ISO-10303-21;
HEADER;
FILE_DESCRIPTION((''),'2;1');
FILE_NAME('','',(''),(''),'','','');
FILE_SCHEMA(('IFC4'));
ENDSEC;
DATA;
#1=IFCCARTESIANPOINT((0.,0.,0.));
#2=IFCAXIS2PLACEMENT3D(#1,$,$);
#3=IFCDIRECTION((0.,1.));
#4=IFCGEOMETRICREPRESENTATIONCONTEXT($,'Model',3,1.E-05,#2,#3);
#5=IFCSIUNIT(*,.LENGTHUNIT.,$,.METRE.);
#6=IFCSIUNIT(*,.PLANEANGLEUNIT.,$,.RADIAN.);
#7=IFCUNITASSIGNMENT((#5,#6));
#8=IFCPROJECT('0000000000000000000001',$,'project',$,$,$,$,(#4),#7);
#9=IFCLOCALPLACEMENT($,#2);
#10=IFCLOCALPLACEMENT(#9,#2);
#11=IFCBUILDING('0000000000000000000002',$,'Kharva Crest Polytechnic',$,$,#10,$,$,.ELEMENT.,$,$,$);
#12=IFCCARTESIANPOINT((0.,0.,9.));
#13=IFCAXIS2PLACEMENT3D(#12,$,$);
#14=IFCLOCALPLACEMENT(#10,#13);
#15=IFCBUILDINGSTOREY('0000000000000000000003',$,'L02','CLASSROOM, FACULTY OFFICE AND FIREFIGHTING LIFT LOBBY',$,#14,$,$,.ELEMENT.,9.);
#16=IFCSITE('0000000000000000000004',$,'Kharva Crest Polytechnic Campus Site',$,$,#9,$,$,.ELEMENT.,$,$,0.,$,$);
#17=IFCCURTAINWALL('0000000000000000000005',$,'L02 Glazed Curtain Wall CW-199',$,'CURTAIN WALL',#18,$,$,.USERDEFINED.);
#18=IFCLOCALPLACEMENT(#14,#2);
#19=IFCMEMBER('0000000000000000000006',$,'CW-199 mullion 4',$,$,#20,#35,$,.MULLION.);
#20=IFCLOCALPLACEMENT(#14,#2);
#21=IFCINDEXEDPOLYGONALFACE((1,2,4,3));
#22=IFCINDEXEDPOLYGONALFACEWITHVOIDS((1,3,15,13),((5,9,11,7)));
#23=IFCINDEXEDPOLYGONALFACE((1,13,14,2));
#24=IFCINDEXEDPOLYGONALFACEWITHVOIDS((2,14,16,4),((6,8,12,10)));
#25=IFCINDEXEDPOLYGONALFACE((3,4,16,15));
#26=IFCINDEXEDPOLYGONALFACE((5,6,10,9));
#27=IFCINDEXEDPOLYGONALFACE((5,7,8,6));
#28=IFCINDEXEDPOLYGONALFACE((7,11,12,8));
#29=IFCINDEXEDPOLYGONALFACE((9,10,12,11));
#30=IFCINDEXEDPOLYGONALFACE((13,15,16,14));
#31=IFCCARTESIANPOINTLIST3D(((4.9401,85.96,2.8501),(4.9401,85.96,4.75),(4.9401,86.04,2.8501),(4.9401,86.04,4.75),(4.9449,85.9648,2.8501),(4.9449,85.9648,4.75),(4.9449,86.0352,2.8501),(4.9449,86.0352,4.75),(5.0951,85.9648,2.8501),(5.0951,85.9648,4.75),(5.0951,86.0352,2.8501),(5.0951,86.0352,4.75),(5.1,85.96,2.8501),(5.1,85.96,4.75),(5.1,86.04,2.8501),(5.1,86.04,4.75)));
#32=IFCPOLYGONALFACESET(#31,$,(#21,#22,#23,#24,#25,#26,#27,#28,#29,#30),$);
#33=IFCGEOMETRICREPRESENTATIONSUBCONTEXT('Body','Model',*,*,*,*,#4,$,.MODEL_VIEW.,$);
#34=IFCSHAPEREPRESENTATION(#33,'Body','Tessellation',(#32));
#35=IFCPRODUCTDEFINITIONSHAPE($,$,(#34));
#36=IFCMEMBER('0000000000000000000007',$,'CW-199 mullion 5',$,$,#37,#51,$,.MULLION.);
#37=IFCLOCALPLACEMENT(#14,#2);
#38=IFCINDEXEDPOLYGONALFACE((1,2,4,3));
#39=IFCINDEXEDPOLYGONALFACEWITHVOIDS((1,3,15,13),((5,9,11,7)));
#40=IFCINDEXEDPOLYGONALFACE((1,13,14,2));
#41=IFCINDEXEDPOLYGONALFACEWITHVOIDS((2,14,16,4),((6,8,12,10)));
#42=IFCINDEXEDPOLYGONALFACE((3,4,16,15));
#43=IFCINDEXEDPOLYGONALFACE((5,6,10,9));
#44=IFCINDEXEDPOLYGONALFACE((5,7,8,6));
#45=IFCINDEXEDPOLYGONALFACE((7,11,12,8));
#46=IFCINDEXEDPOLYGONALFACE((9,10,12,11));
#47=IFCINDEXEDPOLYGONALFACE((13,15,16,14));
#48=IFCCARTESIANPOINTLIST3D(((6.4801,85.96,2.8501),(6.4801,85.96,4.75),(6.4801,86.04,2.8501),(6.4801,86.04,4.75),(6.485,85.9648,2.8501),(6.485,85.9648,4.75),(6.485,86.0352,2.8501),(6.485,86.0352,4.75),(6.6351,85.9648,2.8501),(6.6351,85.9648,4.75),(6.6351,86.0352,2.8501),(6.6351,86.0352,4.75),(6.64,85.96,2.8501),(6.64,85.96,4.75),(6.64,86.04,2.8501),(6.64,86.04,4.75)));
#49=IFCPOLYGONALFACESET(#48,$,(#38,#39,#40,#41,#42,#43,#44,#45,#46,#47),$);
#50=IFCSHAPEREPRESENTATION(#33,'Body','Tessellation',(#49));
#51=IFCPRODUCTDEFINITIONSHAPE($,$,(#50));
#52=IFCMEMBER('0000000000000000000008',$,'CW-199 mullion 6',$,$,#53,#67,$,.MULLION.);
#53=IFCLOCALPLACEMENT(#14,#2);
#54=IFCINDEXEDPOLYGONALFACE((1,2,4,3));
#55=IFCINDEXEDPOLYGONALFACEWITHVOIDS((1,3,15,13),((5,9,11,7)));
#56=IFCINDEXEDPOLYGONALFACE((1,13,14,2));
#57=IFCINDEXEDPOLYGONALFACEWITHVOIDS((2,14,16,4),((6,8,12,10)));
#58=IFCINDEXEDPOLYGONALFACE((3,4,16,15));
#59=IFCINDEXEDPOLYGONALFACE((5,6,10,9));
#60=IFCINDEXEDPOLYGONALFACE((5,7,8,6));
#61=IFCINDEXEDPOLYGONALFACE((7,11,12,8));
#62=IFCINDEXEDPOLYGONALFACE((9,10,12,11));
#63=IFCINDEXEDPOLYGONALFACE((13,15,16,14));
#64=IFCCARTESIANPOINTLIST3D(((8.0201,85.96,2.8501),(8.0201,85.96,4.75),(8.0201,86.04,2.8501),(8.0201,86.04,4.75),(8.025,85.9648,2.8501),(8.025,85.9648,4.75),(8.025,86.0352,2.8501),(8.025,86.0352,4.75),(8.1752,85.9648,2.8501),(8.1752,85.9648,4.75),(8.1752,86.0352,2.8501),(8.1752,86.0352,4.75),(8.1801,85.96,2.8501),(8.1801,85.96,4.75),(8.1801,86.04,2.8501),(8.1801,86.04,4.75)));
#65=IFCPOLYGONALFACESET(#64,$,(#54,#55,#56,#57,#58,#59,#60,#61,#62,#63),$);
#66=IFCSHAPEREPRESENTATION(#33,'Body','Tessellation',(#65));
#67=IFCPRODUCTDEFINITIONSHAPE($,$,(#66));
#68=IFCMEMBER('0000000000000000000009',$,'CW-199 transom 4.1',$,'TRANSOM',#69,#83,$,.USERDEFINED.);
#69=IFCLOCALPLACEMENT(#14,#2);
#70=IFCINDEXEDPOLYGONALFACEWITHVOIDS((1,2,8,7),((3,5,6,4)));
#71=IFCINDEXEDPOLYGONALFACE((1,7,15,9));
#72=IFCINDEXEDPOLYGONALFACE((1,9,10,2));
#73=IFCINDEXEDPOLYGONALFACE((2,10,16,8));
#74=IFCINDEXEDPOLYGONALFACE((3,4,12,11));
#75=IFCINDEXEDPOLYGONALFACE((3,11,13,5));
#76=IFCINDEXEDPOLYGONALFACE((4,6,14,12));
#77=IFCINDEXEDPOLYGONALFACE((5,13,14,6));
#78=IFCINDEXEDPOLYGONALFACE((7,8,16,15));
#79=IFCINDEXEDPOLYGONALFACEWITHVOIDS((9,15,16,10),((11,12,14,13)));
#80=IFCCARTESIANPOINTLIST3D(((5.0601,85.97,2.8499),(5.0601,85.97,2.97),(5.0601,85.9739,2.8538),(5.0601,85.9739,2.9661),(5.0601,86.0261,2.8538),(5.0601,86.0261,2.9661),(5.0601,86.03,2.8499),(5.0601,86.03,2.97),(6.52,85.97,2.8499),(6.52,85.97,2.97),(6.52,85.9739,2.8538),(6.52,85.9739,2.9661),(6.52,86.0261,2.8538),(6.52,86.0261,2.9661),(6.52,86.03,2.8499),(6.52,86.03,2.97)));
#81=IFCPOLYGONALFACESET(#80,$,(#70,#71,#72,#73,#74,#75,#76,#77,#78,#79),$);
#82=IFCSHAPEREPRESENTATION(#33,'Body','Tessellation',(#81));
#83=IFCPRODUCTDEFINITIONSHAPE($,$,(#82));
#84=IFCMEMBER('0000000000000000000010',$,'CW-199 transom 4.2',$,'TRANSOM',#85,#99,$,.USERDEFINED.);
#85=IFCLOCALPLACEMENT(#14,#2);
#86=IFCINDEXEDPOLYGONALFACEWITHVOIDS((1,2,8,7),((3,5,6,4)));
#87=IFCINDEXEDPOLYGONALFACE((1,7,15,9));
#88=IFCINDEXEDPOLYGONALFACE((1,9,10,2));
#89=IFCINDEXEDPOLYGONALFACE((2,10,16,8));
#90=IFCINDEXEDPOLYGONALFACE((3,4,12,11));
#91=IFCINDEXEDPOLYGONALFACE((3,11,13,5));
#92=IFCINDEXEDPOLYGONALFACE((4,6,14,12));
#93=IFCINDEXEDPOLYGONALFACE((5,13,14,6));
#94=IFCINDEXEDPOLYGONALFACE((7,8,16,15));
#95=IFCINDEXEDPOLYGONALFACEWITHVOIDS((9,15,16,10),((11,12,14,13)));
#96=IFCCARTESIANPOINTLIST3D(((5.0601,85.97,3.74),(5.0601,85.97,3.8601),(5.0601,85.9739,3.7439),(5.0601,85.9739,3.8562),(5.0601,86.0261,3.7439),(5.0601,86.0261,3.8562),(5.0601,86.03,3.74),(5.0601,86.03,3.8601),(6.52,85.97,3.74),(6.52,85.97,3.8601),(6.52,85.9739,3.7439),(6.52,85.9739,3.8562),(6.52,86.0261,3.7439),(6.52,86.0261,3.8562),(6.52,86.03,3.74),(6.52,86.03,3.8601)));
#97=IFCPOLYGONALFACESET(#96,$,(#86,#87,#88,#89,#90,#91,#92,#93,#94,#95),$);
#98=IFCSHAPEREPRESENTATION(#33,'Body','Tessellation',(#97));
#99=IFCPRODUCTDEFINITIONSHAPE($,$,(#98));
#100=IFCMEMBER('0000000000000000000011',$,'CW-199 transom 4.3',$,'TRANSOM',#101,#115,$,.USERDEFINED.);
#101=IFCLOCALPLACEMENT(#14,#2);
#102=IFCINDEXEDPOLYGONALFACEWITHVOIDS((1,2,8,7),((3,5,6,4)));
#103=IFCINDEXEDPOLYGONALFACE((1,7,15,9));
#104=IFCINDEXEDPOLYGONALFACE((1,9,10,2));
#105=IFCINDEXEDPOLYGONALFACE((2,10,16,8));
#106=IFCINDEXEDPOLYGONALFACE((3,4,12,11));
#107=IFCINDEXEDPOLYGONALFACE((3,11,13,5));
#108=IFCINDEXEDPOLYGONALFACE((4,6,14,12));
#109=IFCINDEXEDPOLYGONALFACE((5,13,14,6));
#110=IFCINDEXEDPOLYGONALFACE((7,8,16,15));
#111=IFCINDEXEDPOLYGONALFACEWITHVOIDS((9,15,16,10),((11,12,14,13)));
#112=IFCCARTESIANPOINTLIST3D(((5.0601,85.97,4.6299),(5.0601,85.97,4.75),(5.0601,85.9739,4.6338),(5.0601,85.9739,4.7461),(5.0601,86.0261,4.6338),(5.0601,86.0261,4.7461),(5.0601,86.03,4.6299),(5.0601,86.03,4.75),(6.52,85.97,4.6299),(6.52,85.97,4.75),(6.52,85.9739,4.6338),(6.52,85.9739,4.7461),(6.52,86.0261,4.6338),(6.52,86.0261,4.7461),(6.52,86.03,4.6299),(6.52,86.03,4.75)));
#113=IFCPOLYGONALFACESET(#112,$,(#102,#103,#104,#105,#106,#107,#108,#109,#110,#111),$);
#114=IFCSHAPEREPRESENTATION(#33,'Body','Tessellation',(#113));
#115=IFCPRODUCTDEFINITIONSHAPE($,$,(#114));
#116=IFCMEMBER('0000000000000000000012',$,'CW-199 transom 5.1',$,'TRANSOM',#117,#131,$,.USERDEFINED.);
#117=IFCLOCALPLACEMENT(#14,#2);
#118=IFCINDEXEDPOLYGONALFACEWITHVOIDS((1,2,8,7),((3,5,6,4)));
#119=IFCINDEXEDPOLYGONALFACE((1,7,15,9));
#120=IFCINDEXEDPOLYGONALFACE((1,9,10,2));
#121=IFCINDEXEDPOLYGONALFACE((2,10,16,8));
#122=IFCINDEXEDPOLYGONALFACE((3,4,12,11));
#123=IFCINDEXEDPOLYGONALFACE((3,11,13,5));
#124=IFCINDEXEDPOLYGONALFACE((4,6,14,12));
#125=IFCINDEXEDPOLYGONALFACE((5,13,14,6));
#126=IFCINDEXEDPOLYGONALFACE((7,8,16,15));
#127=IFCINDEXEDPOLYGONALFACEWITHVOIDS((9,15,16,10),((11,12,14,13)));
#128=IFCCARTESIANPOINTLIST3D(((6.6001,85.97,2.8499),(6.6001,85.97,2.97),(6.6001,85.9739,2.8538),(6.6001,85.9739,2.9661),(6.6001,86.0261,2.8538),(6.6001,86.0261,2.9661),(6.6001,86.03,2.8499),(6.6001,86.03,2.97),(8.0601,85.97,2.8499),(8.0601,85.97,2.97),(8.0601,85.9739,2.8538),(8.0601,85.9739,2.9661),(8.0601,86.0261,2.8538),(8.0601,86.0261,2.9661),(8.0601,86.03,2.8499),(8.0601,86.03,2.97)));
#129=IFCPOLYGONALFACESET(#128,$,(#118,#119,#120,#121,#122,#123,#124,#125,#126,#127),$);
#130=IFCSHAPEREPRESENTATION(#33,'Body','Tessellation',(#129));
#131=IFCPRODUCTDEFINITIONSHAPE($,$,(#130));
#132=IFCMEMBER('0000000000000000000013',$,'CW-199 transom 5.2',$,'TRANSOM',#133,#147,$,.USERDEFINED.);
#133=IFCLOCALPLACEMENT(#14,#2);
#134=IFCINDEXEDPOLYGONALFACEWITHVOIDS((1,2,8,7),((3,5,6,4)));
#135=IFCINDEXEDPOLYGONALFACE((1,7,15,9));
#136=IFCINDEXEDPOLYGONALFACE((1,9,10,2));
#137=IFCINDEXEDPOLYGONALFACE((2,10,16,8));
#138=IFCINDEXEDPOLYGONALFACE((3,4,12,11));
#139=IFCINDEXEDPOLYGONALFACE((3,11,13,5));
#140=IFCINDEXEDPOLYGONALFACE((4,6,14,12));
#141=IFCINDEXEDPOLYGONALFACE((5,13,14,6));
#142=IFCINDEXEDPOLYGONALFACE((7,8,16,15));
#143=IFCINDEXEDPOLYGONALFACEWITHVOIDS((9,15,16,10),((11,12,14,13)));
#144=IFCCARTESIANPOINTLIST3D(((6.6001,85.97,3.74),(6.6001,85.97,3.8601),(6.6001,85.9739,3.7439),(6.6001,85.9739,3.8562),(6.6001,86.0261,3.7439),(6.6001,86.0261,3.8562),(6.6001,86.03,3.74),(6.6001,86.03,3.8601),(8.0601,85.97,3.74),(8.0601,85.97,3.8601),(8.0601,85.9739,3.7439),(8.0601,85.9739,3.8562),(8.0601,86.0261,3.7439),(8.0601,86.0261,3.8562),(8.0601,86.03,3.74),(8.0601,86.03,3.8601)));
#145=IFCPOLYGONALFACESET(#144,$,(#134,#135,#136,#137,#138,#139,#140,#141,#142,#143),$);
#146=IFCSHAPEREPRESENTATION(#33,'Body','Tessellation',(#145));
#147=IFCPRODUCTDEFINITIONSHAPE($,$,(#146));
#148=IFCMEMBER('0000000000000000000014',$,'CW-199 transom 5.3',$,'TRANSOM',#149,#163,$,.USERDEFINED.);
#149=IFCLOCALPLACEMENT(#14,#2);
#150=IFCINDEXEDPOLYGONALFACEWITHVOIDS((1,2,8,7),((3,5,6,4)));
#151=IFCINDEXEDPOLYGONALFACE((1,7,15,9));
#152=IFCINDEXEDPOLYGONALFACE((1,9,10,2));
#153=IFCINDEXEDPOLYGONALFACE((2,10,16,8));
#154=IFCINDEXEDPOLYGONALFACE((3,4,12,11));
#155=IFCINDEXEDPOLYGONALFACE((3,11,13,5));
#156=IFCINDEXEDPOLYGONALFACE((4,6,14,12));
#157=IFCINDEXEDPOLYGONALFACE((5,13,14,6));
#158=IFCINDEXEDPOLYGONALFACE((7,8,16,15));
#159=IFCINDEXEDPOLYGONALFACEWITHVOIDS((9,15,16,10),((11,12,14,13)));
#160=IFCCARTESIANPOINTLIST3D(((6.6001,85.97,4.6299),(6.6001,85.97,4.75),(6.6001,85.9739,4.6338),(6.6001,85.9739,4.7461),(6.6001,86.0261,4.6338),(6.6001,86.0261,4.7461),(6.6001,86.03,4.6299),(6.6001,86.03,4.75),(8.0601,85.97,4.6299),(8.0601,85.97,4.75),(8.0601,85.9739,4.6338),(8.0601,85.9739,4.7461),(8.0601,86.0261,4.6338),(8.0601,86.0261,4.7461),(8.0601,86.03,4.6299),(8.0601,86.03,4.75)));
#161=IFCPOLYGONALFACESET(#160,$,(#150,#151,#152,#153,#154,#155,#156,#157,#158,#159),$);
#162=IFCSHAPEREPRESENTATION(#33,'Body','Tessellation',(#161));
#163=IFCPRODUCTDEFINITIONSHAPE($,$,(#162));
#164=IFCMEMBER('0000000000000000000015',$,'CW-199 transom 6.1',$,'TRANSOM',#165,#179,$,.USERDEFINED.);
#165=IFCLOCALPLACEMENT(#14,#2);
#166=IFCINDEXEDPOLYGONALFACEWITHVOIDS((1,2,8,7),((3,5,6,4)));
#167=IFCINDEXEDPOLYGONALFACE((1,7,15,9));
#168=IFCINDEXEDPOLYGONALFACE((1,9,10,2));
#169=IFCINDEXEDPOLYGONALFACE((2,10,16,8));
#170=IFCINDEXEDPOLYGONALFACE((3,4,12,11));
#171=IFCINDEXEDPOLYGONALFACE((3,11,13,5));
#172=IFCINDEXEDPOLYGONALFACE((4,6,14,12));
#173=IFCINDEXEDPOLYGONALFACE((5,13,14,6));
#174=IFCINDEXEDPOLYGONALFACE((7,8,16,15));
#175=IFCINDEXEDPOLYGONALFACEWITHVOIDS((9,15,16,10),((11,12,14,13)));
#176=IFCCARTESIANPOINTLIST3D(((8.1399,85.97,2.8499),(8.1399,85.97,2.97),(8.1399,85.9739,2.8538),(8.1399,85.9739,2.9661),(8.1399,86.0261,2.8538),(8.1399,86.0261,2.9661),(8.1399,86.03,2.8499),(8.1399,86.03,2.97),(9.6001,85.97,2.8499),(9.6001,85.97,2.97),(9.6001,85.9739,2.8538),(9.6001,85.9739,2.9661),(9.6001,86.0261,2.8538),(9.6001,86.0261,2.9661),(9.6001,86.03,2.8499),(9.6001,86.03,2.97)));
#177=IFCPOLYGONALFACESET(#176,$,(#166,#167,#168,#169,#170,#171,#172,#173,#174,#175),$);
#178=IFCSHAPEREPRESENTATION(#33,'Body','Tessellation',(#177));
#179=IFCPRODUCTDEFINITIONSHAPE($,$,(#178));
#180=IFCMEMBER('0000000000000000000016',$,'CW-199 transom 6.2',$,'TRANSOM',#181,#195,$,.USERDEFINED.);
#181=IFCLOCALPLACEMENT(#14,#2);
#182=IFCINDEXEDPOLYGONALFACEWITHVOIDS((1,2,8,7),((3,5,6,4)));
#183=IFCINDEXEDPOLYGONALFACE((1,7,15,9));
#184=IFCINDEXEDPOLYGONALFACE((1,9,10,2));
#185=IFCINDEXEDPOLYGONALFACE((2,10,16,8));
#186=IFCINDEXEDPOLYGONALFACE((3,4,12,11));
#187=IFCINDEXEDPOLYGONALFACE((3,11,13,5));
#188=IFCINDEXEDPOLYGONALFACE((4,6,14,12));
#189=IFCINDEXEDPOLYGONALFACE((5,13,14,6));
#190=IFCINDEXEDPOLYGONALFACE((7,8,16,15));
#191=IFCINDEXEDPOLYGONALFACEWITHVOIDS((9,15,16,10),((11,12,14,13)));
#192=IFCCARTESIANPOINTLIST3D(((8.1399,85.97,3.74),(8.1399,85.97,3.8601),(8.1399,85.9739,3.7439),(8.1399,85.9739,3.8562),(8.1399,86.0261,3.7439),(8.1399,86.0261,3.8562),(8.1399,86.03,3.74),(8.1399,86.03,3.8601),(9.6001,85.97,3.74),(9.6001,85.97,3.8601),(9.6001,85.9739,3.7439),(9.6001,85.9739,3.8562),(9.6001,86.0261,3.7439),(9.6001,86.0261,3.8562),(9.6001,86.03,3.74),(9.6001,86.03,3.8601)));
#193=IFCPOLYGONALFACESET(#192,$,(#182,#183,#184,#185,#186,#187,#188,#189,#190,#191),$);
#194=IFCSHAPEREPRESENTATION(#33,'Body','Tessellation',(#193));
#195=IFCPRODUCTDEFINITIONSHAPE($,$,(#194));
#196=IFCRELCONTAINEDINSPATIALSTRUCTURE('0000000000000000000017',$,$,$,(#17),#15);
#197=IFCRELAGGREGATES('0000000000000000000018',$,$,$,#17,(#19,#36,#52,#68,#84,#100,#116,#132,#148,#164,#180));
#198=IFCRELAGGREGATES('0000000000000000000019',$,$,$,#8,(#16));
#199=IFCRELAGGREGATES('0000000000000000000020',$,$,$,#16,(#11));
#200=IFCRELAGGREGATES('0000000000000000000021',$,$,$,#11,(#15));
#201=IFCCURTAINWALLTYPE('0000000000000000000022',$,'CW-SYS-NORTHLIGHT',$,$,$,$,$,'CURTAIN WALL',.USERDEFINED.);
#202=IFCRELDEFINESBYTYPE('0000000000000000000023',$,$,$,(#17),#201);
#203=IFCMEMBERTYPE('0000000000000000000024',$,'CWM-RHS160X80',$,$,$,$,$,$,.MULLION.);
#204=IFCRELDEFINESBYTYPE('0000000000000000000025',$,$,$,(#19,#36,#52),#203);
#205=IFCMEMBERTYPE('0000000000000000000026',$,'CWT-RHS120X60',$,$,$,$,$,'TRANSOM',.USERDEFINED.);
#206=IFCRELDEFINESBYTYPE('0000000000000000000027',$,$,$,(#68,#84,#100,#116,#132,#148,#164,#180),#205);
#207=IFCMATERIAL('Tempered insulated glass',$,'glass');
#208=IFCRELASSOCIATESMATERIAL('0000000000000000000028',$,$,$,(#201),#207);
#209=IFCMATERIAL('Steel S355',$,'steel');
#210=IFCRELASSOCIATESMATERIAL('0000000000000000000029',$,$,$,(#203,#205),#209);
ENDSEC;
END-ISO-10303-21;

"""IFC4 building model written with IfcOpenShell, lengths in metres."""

from ifc_helpers import new_model, si_unit, direction, frame, origin, origin_2d, place, context, subcontext, project, spatial, hollow_rectangle, extrude, material, material_profile, profile_set, type_object, element, aggregate, save


model = new_model("IFC4")

# Units and contexts
model_context = context("Model", 3, precision=1e-05, world=origin(), true_north=direction((0.0, 1.0)))
body_context = subcontext(model_context, "Body", "Model", "MODEL_VIEW")
ifc_project = project(units=[si_unit("LENGTHUNIT", "METRE"), si_unit("PLANEANGLEUNIT", "RADIAN")], contexts=[model_context])

# Site, building, storey
site_placement = place(None, origin())
site = spatial("IfcSite", under=ifc_project, at=site_placement, Name="Kharva Crest Polytechnic Campus Site", CompositionType="ELEMENT", RefElevation=0.0)
building_placement = place(site_placement, origin())
building = spatial("IfcBuilding", under=site, at=building_placement, Name="Kharva Crest Polytechnic", CompositionType="ELEMENT")
storey_placement = place(building_placement, frame((0.0, 0.0, 9.0)))
storey = spatial("IfcBuildingStorey", under=building, at=storey_placement, Name="L02", Description="CLASSROOM, FACULTY OFFICE AND FIREFIGHTING LIFT LOBBY", CompositionType="ELEMENT", Elevation=9.0)

# Curtain wall, members
ifc_material_1 = material(Name="Tempered insulated glass", Category="glass")
curtain_wall_type = type_object("IfcCurtainWallType", Name="CW-SYS-NORTHLIGHT", ElementType="CURTAIN WALL", PredefinedType="USERDEFINED", material=ifc_material_1)
curtain_wall_placement = place(storey_placement, origin())
curtain_wall = element("IfcCurtainWall", 1, at=curtain_wall_placement, inside=storey, type_object=curtain_wall_type, Name="L02 Glazed Curtain Wall CW-199", ObjectType="CURTAIN WALL", PredefinedType="USERDEFINED")
ifc_material_2 = material(Name="Steel S355", Category="steel")
ifc_material_profile_1 = material_profile(ifc_material_2, hollow_rectangle(XDim=0.0801, YDim=0.1599, WallThickness=0.0049, at=origin_2d()), Name="RHS 160X80X5.0")
ifc_profile_set_1 = profile_set([ifc_material_profile_1], Name="Steel S355")
member_type_1 = type_object("IfcMemberType", Name="CWM-RHS160X80", PredefinedType="MULLION", material=ifc_profile_set_1)
member_1_placement = place(storey_placement, frame((5.02, 86.0, 2.8501), z_axis=(0.0, 0.0, 1.0), x_axis=(0.0, 1.0, 0.0)))
member_1 = element("IfcMember", 2, at=member_1_placement, type_object=member_type_1, Name="CW-199 mullion 4", PredefinedType="MULLION", context=body_context, shape_type="SweptSolid", body=[
    extrude(hollow_rectangle(XDim=0.0801, YDim=0.1599, WallThickness=0.0049, at=origin_2d()), origin(), (0.0, 0.0, 1.0), 1.8999),
])
member_2_placement = place(storey_placement, frame((6.5601, 86.0, 2.8501), z_axis=(0.0, 0.0, 1.0), x_axis=(0.0, 1.0, 0.0)))
member_2 = element("IfcMember", 3, at=member_2_placement, type_object=member_type_1, Name="CW-199 mullion 5", PredefinedType="MULLION", context=body_context, shape_type="SweptSolid", body=[
    extrude(hollow_rectangle(XDim=0.0801, YDim=0.1599, WallThickness=0.0049, at=origin_2d()), origin(), (0.0, 0.0, 1.0), 1.8999),
])
member_3_placement = place(storey_placement, frame((8.1001, 86.0, 2.8501), z_axis=(0.0, 0.0, 1.0), x_axis=(0.0, 1.0, 0.0)))
member_3 = element("IfcMember", 4, at=member_3_placement, type_object=member_type_1, Name="CW-199 mullion 6", PredefinedType="MULLION", context=body_context, shape_type="SweptSolid", body=[
    extrude(hollow_rectangle(XDim=0.0801, YDim=0.1599, WallThickness=0.0049, at=origin_2d()), origin(), (0.0, 0.0, 1.0), 1.8999),
])
ifc_material_profile_2 = material_profile(ifc_material_2, hollow_rectangle(XDim=0.0601, YDim=0.1201, WallThickness=0.0039, at=origin_2d()), Name="RHS 120X60X4.0")
ifc_profile_set_2 = profile_set([ifc_material_profile_2], Name="Steel S355")
member_type_2 = type_object("IfcMemberType", Name="CWT-RHS120X60", ElementType="TRANSOM", PredefinedType="USERDEFINED", material=ifc_profile_set_2)
member_4_placement = place(storey_placement, frame((5.0601, 86.0, 2.9099), z_axis=(1.0, 0.0, 0.0), x_axis=(0.0, 1.0, 0.0)))
member_4 = element("IfcMember", 5, at=member_4_placement, type_object=member_type_2, Name="CW-199 transom 4.1", ObjectType="TRANSOM", PredefinedType="USERDEFINED", context=body_context, shape_type="SweptSolid", body=[
    extrude(hollow_rectangle(XDim=0.0601, YDim=0.1201, WallThickness=0.0039, at=origin_2d()), origin(), (0.0, 0.0, 1.0), 1.46),
])
member_5_placement = place(storey_placement, frame((5.0601, 86.0, 3.8), z_axis=(1.0, 0.0, 0.0), x_axis=(0.0, 1.0, 0.0)))
member_5 = element("IfcMember", 6, at=member_5_placement, type_object=member_type_2, Name="CW-199 transom 4.2", ObjectType="TRANSOM", PredefinedType="USERDEFINED", context=body_context, shape_type="SweptSolid", body=[
    extrude(hollow_rectangle(XDim=0.0601, YDim=0.1201, WallThickness=0.0039, at=origin_2d()), origin(), (0.0, 0.0, 1.0), 1.46),
])
member_6_placement = place(storey_placement, frame((5.0601, 86.0, 4.6899), z_axis=(1.0, 0.0, 0.0), x_axis=(0.0, 1.0, 0.0)))
member_6 = element("IfcMember", 7, at=member_6_placement, type_object=member_type_2, Name="CW-199 transom 4.3", ObjectType="TRANSOM", PredefinedType="USERDEFINED", context=body_context, shape_type="SweptSolid", body=[
    extrude(hollow_rectangle(XDim=0.0601, YDim=0.1201, WallThickness=0.0039, at=origin_2d()), origin(), (0.0, 0.0, 1.0), 1.46),
])
member_7_placement = place(storey_placement, frame((6.6001, 86.0, 2.9099), z_axis=(1.0, 0.0, 0.0), x_axis=(0.0, 1.0, 0.0)))
member_7 = element("IfcMember", 8, at=member_7_placement, type_object=member_type_2, Name="CW-199 transom 5.1", ObjectType="TRANSOM", PredefinedType="USERDEFINED", context=body_context, shape_type="SweptSolid", body=[
    extrude(hollow_rectangle(XDim=0.0601, YDim=0.1201, WallThickness=0.0039, at=origin_2d()), origin(), (0.0, 0.0, 1.0), 1.46),
])
member_8_placement = place(storey_placement, frame((6.6001, 86.0, 3.8), z_axis=(1.0, 0.0, 0.0), x_axis=(0.0, 1.0, 0.0)))
member_8 = element("IfcMember", 9, at=member_8_placement, type_object=member_type_2, Name="CW-199 transom 5.2", ObjectType="TRANSOM", PredefinedType="USERDEFINED", context=body_context, shape_type="SweptSolid", body=[
    extrude(hollow_rectangle(XDim=0.0601, YDim=0.1201, WallThickness=0.0039, at=origin_2d()), origin(), (0.0, 0.0, 1.0), 1.46),
])
member_9_placement = place(storey_placement, frame((6.6001, 86.0, 4.6899), z_axis=(1.0, 0.0, 0.0), x_axis=(0.0, 1.0, 0.0)))
member_9 = element("IfcMember", 10, at=member_9_placement, type_object=member_type_2, Name="CW-199 transom 5.3", ObjectType="TRANSOM", PredefinedType="USERDEFINED", context=body_context, shape_type="SweptSolid", body=[
    extrude(hollow_rectangle(XDim=0.0601, YDim=0.1201, WallThickness=0.0039, at=origin_2d()), origin(), (0.0, 0.0, 1.0), 1.46),
])
member_10_placement = place(storey_placement, frame((8.1399, 86.0, 2.9099), z_axis=(1.0, 0.0, 0.0), x_axis=(0.0, 1.0, 0.0)))
member_10 = element("IfcMember", 11, at=member_10_placement, type_object=member_type_2, Name="CW-199 transom 6.1", ObjectType="TRANSOM", PredefinedType="USERDEFINED", context=body_context, shape_type="SweptSolid", body=[
    extrude(hollow_rectangle(XDim=0.0601, YDim=0.1201, WallThickness=0.0039, at=origin_2d()), origin(), (0.0, 0.0, 1.0), 1.4602),
])
member_11_placement = place(storey_placement, frame((8.1399, 86.0, 3.8), z_axis=(1.0, 0.0, 0.0), x_axis=(0.0, 1.0, 0.0)))
member_11 = element("IfcMember", 12, at=member_11_placement, type_object=member_type_2, Name="CW-199 transom 6.2", ObjectType="TRANSOM", PredefinedType="USERDEFINED", context=body_context, shape_type="SweptSolid", body=[
    extrude(hollow_rectangle(XDim=0.0601, YDim=0.1201, WallThickness=0.0039, at=origin_2d()), origin(), (0.0, 0.0, 1.0), 1.4602),
])

aggregate(curtain_wall, [member_1, member_2, member_3, member_4, member_5, member_6, member_7, member_8, member_9, member_10, member_11])

save(model, "model.ifc")
